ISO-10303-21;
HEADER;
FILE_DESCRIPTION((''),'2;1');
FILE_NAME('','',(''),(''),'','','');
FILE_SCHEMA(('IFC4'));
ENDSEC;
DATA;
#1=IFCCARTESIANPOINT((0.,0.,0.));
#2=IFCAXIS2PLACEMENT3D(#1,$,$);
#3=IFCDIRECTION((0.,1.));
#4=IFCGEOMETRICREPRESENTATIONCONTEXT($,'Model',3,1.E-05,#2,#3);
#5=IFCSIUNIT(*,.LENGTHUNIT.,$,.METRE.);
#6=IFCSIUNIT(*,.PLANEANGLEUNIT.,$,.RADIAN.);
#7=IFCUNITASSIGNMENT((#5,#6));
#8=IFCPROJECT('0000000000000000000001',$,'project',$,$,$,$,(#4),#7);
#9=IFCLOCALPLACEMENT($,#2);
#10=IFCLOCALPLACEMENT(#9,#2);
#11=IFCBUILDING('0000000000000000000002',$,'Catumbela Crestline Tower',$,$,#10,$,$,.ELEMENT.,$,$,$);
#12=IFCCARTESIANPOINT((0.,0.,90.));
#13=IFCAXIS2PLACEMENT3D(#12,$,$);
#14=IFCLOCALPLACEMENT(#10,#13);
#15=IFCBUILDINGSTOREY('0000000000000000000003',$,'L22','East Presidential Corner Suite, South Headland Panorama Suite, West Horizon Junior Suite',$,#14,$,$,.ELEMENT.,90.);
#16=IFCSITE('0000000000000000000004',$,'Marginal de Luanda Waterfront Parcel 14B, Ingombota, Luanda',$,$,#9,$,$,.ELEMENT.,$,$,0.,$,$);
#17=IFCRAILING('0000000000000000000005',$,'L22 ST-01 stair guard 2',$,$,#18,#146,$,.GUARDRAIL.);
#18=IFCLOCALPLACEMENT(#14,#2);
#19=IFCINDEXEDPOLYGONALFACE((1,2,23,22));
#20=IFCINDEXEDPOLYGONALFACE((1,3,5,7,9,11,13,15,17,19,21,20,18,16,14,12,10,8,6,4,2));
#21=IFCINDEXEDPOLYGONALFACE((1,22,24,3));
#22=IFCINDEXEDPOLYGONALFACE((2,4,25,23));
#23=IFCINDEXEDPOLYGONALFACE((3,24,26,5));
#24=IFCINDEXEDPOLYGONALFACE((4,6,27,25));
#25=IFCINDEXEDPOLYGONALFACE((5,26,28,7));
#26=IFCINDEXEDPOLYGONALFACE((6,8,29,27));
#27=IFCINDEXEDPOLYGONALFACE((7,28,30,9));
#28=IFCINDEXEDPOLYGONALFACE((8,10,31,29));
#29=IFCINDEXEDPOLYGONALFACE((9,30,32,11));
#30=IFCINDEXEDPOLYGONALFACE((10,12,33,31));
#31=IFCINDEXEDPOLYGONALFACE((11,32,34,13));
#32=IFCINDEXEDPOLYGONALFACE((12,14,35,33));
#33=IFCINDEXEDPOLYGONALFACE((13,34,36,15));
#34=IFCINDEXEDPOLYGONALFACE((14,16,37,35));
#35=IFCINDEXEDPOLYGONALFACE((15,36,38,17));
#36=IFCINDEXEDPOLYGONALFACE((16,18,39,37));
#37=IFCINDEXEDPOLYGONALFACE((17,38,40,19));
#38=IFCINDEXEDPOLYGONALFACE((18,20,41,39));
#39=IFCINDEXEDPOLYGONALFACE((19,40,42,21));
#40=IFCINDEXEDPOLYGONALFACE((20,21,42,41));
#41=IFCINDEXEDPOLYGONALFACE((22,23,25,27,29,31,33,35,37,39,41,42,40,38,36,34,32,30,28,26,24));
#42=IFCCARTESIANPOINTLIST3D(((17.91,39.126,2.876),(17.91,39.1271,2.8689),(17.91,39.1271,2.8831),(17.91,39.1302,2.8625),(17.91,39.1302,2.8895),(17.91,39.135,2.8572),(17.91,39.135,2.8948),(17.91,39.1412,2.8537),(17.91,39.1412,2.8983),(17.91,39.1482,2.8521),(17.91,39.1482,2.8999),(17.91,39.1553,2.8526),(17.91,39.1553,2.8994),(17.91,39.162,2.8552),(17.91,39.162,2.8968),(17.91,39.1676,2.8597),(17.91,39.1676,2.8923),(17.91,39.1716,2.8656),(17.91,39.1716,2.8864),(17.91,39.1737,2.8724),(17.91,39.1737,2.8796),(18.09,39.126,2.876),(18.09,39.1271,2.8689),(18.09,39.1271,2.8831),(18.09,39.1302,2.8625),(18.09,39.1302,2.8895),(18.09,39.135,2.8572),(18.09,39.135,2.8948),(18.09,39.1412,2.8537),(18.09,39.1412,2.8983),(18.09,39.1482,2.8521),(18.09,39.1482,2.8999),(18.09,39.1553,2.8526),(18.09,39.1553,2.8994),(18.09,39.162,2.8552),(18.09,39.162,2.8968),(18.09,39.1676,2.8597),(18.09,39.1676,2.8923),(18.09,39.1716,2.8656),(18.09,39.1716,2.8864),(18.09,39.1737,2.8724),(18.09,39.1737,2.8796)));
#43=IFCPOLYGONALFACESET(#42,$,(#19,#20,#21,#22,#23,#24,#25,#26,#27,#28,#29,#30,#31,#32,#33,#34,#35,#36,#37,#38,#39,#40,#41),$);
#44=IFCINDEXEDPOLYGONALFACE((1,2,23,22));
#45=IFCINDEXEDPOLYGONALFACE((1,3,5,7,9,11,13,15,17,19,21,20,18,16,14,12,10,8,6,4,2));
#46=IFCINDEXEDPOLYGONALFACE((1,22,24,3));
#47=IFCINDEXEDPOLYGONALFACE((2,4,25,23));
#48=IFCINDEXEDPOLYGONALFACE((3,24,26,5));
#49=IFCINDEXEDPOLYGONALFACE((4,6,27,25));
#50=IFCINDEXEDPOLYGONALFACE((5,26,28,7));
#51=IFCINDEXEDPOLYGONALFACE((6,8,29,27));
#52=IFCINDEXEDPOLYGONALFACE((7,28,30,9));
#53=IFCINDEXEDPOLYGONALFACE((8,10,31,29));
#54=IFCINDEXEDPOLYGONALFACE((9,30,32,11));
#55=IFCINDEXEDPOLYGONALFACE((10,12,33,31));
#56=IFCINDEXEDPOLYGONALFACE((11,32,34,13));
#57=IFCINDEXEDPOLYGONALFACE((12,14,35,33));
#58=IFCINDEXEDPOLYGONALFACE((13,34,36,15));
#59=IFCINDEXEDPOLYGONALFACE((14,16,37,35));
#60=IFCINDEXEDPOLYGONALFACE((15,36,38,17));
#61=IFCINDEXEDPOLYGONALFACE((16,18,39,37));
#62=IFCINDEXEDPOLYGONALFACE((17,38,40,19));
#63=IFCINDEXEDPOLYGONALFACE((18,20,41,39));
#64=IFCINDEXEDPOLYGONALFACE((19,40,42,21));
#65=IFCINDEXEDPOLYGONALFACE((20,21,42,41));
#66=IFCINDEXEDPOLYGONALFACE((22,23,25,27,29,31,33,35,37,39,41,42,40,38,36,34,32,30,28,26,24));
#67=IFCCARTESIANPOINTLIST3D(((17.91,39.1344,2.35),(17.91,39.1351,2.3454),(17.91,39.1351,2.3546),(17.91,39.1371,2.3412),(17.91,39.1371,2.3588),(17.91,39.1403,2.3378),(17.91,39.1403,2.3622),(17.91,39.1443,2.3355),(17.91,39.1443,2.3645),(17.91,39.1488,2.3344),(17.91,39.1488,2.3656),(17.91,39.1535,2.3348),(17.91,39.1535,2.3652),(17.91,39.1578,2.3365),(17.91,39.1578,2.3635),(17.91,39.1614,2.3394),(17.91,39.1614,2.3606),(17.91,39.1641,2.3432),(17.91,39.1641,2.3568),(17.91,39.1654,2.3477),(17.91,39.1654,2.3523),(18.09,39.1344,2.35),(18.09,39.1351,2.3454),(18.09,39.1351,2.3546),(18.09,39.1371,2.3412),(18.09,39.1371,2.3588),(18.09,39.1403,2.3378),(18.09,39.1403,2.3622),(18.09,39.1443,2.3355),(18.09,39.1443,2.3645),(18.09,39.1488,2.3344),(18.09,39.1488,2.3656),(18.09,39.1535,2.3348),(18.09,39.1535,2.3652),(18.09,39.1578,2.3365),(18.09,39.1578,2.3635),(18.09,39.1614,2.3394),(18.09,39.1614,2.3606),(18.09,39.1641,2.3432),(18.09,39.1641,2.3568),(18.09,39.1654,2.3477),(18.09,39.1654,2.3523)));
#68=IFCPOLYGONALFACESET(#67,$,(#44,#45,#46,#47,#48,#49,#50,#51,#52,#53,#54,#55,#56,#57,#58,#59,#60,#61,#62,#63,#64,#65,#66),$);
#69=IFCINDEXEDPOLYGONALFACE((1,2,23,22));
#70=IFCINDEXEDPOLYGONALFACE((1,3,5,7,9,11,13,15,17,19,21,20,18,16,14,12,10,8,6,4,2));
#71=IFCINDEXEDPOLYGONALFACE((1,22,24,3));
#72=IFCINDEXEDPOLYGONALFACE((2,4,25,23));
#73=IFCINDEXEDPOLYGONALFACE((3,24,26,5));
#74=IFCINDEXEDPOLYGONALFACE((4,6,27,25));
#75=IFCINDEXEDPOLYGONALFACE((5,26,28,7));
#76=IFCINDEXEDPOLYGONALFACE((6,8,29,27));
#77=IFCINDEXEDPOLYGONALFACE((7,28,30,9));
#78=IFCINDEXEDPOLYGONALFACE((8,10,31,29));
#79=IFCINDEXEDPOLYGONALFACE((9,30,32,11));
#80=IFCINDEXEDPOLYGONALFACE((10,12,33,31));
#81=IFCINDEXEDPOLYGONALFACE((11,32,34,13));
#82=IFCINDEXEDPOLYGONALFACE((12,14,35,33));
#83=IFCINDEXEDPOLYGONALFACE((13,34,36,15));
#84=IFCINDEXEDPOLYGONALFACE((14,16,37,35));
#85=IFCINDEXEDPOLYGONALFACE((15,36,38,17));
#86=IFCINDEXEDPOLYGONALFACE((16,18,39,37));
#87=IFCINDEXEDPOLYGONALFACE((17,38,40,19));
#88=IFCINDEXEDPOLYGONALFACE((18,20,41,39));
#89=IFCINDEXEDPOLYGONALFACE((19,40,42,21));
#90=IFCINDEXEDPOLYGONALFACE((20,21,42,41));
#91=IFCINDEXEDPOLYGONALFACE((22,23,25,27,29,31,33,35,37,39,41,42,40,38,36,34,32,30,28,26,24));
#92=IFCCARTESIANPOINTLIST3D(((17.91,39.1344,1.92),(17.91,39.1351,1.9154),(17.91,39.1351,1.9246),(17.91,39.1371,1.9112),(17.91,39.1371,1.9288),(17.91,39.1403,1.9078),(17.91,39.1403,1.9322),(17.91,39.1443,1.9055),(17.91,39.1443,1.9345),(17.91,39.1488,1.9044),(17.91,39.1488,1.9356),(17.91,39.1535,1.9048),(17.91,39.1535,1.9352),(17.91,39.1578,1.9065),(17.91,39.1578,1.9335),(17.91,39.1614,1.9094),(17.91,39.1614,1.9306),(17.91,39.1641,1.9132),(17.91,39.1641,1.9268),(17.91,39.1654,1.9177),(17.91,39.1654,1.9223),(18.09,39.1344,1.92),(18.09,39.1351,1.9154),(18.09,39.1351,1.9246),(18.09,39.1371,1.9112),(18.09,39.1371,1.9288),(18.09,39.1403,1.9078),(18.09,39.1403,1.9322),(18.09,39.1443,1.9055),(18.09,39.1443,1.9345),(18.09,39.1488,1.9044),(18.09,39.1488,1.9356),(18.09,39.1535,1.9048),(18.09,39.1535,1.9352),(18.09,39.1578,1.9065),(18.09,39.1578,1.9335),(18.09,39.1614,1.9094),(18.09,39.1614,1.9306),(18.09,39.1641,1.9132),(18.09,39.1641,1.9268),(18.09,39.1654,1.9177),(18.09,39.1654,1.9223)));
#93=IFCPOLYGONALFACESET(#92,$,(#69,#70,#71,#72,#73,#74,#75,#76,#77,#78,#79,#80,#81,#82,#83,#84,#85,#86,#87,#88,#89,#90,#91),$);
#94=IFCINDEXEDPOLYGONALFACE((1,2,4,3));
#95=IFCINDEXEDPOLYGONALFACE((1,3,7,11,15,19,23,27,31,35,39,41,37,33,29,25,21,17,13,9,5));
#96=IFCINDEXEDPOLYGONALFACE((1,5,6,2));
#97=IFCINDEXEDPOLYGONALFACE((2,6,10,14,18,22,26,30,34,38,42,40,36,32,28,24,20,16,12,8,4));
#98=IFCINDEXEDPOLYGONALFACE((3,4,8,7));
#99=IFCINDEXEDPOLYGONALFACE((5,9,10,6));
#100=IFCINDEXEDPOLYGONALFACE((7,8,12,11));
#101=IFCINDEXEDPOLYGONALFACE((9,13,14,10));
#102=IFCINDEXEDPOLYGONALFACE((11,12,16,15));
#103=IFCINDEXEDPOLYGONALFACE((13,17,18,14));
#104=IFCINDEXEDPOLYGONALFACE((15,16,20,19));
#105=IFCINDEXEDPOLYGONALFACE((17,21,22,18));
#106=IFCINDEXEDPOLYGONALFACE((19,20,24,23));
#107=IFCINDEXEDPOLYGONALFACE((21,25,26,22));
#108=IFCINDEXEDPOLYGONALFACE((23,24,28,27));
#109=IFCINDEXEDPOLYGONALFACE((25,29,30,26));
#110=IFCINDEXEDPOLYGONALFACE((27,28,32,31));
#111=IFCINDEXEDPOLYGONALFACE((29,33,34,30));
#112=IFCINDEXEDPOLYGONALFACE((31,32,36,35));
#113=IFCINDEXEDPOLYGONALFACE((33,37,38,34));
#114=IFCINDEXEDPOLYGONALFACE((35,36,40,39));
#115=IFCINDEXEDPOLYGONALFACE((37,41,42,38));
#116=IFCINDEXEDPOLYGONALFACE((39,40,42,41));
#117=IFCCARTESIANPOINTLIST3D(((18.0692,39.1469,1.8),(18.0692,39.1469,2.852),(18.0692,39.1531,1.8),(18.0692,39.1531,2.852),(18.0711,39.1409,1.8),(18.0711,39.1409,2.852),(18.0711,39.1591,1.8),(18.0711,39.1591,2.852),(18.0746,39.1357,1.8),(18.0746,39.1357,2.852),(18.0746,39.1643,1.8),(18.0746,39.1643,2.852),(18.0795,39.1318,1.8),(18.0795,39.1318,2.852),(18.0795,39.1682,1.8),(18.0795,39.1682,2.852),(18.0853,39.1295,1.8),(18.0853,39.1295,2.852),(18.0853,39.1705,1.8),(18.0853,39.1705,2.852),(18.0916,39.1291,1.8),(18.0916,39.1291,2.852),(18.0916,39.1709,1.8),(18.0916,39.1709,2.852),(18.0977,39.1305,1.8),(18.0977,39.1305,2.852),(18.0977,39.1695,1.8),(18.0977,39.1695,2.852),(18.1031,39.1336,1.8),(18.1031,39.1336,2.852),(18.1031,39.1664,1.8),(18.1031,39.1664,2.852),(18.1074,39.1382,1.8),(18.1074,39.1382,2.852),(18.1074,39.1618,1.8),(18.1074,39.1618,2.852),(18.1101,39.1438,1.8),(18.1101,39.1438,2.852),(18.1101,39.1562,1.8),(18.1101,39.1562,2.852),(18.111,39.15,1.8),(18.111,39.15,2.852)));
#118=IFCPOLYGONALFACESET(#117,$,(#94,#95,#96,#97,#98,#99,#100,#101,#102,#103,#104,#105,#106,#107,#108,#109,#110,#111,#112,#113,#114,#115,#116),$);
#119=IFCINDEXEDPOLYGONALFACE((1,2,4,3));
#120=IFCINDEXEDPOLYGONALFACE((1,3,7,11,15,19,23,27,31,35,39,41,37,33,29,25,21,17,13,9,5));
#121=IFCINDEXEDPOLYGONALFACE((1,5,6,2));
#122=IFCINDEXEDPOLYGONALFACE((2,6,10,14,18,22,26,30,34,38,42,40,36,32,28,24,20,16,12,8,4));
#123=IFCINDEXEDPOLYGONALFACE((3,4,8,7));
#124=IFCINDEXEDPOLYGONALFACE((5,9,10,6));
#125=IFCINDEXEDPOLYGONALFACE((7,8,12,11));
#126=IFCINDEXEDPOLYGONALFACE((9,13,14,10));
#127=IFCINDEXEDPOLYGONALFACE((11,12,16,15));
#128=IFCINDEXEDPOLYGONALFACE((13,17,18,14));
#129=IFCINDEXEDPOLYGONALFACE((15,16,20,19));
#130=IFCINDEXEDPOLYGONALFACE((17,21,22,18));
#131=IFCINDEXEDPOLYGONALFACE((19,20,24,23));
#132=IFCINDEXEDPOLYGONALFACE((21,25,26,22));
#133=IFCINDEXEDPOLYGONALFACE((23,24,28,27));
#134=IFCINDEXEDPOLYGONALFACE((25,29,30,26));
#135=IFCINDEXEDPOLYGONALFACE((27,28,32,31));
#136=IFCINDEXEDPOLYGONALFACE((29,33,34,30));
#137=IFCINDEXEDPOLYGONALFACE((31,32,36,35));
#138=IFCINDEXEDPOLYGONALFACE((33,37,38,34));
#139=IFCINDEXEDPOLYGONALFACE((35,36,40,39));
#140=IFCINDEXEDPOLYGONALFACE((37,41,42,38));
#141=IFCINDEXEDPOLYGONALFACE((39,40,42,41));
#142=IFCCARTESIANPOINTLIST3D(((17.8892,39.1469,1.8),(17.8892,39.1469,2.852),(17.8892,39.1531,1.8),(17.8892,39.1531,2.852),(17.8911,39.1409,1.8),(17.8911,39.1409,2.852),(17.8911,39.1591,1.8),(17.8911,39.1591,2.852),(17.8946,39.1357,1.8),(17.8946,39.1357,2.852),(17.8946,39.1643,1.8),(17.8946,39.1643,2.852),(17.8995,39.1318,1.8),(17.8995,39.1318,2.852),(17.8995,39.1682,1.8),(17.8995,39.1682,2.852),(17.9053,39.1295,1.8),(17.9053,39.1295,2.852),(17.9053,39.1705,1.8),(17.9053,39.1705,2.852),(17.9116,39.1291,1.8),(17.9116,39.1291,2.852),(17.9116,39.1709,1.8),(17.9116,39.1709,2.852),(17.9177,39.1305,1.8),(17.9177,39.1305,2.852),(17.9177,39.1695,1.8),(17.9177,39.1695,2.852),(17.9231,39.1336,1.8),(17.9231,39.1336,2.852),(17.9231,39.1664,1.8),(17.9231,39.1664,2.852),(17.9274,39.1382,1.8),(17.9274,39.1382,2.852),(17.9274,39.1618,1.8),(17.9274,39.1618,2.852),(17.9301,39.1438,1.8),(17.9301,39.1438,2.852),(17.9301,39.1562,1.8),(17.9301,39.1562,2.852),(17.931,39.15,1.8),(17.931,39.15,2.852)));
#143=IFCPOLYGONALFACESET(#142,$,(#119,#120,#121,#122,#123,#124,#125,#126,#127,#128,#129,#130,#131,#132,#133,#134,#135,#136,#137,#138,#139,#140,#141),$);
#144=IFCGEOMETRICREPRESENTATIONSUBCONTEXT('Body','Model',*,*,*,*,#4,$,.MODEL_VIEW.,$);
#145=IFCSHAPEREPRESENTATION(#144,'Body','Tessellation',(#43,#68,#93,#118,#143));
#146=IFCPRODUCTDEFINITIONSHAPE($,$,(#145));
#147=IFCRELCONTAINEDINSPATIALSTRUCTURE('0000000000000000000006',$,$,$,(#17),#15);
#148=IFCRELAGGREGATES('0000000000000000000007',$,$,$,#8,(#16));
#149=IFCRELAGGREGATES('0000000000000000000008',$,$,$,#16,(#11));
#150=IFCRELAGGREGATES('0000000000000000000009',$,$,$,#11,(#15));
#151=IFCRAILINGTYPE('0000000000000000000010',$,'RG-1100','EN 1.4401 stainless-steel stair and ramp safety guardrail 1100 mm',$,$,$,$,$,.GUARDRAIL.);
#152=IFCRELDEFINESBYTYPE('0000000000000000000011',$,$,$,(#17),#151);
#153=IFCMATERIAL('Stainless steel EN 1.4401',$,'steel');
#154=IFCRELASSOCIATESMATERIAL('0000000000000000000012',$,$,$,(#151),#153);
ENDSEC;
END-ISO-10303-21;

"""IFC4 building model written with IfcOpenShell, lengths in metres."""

from ifc_helpers import new_model, si_unit, direction, frame, origin, origin_2d, place, context, subcontext, project, spatial, circle, extrude, material, type_object, element, save


model = new_model("IFC4")

# Units and contexts
model_context = context("Model", 3, precision=1e-05, world=origin(), true_north=direction((0.0, 1.0)))
body_context = subcontext(model_context, "Body", "Model", "MODEL_VIEW")
ifc_project = project(units=[si_unit("LENGTHUNIT", "METRE"), si_unit("PLANEANGLEUNIT", "RADIAN")], contexts=[model_context])

# Site, building, storey
site_placement = place(None, origin())
site = spatial("IfcSite", under=ifc_project, at=site_placement, Name="Marginal de Luanda Waterfront Parcel 14B, Ingombota, Luanda", CompositionType="ELEMENT", RefElevation=0.0)
building_placement = place(site_placement, origin())
building = spatial("IfcBuilding", under=site, at=building_placement, Name="Catumbela Crestline Tower", CompositionType="ELEMENT")
storey_placement = place(building_placement, frame((0.0, 0.0, 90.0)))
storey = spatial("IfcBuildingStorey", under=building, at=storey_placement, Name="L22", Description="East Presidential Corner Suite, South Headland Panorama Suite, West Horizon Junior Suite", CompositionType="ELEMENT", Elevation=90.0)

# Railing
ifc_material_1 = material(Name="Stainless steel EN 1.4401", Category="steel")
railing_type_1 = type_object("IfcRailingType", Name="RG-1100", Description="EN 1.4401 stainless-steel stair and ramp safety guardrail 1100 mm", PredefinedType="GUARDRAIL", material=ifc_material_1)
railing_1_placement = place(storey_placement, frame((18.09, 39.15, 1.8)))
element("IfcRailing", 1, at=railing_1_placement, inside=storey, type_object=railing_type_1, Name="L22 ST-01 stair guard 2", PredefinedType="GUARDRAIL", context=body_context, shape_type="SweptSolid", body=[
    extrude(circle(Radius=0.024, at=origin_2d()), frame((0.0, 0.0, 1.076), z_axis=(-1.0, 0.0, 0.0), x_axis=(0.0, -1.0, 0.0)), (0.0, 0.0, 1.0), 0.18),
    extrude(circle(Radius=0.0156, at=origin_2d()), frame((0.0, 0.0, 0.55), z_axis=(-1.0, 0.0, 0.0), x_axis=(0.0, -1.0, 0.0)), (0.0, 0.0, 1.0), 0.18),
    extrude(circle(Radius=0.0156, at=origin_2d()), frame((0.0, 0.0, 0.12), z_axis=(-1.0, 0.0, 0.0), x_axis=(0.0, -1.0, 0.0)), (0.0, 0.0, 1.0), 0.18),
    extrude(circle(Radius=0.021, at=origin_2d()), origin(), (0.0, 0.0, 1.0), 1.052),
    extrude(circle(Radius=0.021, at=origin_2d()), frame((-0.18, 0.0, 0.0)), (0.0, 0.0, 1.0), 1.052),
])

save(model, "model.ifc")
